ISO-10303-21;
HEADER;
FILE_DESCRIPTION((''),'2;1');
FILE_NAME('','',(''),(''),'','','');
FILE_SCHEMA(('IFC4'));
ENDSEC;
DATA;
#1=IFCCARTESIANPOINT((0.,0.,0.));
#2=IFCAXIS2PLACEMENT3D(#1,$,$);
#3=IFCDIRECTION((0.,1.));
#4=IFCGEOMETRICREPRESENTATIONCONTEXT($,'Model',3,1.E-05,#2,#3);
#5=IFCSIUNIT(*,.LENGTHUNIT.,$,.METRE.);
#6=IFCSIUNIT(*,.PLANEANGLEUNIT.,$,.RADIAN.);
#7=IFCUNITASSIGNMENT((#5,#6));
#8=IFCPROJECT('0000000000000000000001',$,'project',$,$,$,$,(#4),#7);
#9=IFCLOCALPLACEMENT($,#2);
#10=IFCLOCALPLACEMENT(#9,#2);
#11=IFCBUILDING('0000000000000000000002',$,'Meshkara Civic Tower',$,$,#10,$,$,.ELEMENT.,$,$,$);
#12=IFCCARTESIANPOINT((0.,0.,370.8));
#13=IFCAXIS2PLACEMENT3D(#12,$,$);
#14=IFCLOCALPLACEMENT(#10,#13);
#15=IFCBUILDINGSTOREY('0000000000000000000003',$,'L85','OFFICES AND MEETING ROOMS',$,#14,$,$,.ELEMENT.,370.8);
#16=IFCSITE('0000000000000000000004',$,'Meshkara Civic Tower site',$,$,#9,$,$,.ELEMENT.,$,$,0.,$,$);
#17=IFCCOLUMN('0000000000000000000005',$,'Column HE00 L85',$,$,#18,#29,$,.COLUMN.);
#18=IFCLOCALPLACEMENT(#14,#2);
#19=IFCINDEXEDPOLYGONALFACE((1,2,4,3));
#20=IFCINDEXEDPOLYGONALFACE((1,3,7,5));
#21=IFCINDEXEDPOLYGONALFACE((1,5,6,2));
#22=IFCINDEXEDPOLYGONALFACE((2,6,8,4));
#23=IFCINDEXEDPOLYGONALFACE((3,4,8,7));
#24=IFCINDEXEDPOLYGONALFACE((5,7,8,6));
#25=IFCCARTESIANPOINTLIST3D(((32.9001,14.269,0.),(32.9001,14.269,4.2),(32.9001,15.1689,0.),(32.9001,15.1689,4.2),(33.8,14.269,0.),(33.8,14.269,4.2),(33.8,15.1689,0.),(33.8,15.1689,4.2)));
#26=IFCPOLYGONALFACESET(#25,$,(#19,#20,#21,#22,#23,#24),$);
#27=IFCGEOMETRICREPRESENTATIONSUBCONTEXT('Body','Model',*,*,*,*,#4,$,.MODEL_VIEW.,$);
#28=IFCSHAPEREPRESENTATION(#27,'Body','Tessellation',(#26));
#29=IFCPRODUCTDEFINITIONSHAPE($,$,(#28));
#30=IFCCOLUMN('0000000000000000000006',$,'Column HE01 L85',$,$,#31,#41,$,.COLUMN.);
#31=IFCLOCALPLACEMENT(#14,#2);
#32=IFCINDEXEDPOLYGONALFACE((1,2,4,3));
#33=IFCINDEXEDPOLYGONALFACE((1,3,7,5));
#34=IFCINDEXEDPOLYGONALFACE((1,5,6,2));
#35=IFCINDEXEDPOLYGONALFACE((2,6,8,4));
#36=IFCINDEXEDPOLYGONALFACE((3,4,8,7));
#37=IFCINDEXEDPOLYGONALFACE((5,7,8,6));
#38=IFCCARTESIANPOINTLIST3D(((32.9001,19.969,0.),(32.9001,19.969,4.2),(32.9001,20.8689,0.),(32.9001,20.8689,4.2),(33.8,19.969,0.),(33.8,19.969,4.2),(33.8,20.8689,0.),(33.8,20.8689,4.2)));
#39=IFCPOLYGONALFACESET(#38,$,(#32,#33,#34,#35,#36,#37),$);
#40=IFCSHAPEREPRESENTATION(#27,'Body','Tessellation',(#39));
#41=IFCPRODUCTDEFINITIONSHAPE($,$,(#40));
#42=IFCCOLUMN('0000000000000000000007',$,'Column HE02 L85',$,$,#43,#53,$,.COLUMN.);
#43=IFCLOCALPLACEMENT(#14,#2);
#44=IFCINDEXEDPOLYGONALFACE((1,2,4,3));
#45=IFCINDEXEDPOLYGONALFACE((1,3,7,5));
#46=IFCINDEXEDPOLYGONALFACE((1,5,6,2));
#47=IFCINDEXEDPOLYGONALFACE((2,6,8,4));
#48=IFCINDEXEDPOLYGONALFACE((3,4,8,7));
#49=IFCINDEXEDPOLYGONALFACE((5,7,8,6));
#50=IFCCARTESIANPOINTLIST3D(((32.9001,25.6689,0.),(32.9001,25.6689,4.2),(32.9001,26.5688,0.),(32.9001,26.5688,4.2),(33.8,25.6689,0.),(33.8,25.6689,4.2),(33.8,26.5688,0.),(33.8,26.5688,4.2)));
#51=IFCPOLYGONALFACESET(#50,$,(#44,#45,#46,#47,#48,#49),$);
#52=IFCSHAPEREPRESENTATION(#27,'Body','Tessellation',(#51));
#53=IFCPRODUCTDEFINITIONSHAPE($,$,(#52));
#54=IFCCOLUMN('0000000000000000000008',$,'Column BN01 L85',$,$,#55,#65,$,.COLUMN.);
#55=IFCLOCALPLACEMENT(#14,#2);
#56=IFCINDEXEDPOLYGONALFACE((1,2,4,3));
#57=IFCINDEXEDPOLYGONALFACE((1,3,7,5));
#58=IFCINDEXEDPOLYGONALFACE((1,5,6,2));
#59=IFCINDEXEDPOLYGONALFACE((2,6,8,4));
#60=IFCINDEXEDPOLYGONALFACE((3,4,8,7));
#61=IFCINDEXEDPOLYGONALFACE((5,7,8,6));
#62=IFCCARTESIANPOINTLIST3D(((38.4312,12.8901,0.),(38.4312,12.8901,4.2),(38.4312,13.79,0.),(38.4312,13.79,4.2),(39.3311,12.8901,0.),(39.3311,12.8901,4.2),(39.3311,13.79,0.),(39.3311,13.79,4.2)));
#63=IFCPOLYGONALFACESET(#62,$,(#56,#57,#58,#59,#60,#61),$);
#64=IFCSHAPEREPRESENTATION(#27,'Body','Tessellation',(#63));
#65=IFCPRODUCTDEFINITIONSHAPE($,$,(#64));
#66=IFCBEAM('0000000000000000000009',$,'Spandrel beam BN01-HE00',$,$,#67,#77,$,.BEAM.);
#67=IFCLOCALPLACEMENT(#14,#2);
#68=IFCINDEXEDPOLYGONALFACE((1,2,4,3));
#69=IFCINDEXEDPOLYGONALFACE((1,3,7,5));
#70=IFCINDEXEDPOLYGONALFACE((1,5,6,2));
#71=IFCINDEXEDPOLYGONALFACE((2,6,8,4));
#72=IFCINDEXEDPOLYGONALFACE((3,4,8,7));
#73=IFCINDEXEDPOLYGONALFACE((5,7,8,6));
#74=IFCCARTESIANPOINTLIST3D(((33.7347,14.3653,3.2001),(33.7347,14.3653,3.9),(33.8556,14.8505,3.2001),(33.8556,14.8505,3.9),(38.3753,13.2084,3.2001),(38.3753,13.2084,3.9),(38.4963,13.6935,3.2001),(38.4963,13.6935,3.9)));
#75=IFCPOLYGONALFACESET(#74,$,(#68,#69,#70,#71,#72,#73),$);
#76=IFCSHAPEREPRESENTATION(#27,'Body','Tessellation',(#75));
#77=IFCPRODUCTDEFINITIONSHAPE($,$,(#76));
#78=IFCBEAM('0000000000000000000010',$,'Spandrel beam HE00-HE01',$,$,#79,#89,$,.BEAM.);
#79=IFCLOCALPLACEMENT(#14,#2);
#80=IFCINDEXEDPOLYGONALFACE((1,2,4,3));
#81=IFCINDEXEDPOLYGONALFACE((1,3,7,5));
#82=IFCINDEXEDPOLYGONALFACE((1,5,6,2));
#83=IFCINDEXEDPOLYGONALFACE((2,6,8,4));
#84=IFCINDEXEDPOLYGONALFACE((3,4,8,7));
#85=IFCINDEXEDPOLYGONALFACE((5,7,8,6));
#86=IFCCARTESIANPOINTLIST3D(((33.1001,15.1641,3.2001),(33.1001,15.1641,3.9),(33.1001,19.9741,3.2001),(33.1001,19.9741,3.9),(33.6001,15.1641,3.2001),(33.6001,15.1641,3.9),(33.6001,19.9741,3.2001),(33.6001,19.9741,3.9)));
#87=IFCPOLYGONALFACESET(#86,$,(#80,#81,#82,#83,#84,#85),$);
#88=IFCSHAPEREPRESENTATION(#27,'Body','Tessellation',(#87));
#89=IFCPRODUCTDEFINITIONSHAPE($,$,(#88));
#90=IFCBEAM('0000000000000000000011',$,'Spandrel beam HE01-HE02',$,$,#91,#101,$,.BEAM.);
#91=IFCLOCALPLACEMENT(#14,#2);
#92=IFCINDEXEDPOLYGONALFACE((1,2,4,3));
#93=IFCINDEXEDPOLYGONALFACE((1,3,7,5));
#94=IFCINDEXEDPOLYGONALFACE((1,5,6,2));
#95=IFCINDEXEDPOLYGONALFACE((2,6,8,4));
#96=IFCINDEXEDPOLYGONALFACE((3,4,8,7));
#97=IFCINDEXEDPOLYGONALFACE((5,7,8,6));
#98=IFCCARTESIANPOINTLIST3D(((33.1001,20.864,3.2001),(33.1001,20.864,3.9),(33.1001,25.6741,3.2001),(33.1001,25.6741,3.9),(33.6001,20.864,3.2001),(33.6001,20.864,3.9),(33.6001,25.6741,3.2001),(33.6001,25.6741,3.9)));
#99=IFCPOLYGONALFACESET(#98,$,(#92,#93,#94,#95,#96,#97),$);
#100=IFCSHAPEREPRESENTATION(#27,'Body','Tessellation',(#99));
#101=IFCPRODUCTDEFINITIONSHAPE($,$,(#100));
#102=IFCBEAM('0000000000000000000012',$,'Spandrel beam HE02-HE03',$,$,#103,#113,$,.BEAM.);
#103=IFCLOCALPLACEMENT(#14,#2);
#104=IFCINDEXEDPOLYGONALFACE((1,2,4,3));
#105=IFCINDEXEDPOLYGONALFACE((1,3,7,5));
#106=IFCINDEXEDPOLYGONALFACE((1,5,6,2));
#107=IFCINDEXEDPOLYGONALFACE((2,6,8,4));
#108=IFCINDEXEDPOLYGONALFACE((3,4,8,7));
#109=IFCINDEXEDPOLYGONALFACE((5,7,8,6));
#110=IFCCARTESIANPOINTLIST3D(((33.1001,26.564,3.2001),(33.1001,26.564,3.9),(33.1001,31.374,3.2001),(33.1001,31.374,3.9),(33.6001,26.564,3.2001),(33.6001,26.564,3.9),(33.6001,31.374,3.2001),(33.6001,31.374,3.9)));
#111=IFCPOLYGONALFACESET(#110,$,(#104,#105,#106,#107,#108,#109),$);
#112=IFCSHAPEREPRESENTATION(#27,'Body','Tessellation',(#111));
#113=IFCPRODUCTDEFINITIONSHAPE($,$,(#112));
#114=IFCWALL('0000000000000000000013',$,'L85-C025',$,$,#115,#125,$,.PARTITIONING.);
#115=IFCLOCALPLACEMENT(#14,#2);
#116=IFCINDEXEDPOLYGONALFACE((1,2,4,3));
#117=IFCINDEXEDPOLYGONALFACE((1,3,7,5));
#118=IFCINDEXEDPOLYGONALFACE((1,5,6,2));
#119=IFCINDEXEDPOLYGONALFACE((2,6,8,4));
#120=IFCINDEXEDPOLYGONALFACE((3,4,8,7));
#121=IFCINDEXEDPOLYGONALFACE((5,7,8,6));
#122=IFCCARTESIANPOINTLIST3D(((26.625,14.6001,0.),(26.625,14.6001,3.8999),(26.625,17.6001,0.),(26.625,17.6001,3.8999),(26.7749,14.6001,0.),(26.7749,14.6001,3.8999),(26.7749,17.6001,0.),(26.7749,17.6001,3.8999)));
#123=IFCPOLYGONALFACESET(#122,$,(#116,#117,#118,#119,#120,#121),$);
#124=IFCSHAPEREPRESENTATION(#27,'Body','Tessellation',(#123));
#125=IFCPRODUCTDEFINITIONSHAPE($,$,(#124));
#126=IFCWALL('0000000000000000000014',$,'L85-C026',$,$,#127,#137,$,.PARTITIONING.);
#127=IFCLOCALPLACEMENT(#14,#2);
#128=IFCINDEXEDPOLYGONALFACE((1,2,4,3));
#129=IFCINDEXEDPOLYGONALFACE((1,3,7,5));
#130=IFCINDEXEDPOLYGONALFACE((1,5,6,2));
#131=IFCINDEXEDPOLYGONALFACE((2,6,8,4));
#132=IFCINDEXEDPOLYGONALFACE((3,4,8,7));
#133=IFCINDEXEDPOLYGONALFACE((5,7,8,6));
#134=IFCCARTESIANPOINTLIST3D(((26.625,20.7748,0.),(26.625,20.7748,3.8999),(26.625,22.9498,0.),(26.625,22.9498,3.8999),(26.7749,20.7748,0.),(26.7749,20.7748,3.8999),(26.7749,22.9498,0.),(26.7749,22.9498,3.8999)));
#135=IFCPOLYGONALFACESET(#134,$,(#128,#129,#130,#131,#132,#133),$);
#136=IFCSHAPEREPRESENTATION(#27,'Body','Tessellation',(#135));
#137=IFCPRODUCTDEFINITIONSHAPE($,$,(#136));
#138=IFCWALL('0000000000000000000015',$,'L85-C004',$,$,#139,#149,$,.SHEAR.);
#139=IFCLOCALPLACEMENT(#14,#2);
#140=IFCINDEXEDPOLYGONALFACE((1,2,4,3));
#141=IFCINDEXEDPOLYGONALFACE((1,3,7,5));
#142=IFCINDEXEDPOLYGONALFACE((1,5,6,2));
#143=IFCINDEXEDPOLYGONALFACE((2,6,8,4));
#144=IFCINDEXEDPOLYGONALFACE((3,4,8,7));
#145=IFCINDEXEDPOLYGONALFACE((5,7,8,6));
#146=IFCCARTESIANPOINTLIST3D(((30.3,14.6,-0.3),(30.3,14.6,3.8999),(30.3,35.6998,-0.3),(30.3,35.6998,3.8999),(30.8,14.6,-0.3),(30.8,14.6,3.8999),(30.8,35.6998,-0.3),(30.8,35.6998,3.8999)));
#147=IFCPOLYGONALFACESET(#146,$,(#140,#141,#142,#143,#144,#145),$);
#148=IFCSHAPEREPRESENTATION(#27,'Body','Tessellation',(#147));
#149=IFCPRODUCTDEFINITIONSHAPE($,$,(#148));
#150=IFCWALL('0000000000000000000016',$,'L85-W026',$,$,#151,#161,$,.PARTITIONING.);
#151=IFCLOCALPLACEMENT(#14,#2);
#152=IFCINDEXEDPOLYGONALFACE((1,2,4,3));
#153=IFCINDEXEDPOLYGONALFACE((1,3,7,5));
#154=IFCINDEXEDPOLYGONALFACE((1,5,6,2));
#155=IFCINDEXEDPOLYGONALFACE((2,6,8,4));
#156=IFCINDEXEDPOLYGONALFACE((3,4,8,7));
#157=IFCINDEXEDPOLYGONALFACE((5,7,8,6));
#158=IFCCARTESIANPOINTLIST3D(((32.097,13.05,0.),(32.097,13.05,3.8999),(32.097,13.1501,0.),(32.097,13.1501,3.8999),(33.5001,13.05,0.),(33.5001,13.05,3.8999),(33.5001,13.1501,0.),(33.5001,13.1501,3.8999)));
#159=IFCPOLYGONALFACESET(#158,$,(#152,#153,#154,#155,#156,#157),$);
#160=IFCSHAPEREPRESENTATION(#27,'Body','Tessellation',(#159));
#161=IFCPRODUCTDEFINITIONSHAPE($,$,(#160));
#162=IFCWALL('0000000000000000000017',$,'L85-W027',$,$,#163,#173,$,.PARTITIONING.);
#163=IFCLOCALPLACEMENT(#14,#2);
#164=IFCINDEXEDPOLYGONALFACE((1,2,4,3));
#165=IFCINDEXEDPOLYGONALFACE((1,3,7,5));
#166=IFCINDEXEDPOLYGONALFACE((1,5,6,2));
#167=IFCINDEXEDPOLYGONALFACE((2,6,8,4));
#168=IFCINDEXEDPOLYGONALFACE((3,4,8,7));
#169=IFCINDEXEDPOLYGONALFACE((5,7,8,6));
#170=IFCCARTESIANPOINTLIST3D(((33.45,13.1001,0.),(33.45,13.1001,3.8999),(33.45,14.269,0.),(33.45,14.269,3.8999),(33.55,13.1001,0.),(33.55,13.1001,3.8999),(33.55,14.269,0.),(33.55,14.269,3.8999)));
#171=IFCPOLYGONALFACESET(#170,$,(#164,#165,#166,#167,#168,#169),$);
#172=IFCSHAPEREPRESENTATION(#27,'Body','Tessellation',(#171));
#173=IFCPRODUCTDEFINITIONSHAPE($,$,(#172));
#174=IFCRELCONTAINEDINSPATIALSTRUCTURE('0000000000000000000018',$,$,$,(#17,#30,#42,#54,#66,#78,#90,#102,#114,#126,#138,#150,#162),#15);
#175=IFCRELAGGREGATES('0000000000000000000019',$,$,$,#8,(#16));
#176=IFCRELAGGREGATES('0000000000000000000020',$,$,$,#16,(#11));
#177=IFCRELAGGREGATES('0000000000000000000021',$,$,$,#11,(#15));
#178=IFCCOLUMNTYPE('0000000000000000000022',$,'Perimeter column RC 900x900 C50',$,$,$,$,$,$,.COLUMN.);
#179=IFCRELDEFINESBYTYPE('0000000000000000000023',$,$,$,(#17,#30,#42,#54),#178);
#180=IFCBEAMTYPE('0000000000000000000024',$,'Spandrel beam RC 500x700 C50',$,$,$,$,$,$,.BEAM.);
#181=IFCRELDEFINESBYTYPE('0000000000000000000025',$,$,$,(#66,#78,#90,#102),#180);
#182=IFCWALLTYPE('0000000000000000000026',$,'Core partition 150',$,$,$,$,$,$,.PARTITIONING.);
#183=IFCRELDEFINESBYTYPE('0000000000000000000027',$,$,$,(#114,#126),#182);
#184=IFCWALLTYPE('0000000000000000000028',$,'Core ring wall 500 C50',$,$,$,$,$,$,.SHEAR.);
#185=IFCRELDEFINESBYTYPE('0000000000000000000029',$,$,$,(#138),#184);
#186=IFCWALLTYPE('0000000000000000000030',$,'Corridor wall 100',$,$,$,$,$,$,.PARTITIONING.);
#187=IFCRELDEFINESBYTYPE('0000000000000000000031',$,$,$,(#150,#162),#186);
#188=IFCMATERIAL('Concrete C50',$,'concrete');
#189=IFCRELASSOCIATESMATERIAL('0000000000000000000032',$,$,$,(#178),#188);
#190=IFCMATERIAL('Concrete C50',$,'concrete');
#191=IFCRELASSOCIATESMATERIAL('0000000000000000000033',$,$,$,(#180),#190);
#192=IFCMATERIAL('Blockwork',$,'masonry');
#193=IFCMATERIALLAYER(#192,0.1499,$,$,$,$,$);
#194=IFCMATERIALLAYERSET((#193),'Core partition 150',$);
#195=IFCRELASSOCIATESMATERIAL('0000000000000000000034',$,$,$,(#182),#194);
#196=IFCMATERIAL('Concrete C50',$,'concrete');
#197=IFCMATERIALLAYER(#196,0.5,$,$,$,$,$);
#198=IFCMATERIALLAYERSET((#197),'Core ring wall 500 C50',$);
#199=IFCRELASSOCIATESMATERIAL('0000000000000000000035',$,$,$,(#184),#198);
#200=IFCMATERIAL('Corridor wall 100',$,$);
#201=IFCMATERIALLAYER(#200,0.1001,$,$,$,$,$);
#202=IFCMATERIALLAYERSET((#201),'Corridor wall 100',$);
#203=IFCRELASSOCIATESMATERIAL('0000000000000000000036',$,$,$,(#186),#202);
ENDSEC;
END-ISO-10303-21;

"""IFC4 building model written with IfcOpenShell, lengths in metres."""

from ifc_helpers import new_model, si_unit, direction, frame, frame_2d, origin, origin_2d, place, context, subcontext, project, spatial, rectangle, extrude, material, layer, layer_set, material_profile, profile_set, type_object, element, save


model = new_model("IFC4")

# Units and contexts
model_context = context("Model", 3, precision=1e-05, world=origin(), true_north=direction((0.0, 1.0)))
body_context = subcontext(model_context, "Body", "Model", "MODEL_VIEW")
ifc_project = project(units=[si_unit("LENGTHUNIT", "METRE"), si_unit("PLANEANGLEUNIT", "RADIAN")], contexts=[model_context])

# Site, building, storey
site_placement = place(None, origin())
site = spatial("IfcSite", under=ifc_project, at=site_placement, Name="Meshkara Civic Tower site", CompositionType="ELEMENT", RefElevation=0.0)
building_placement = place(site_placement, origin())
building = spatial("IfcBuilding", under=site, at=building_placement, Name="Meshkara Civic Tower", CompositionType="ELEMENT")
storey_placement = place(building_placement, frame((0.0, 0.0, 370.8)))
storey = spatial("IfcBuildingStorey", under=building, at=storey_placement, Name="L85", Description="OFFICES AND MEETING ROOMS", CompositionType="ELEMENT", Elevation=370.8)

# Columns
ifc_material_1 = material(Name="Concrete C50", Category="concrete")
ifc_material_profile_1 = material_profile(ifc_material_1, rectangle(XDim=0.8999, YDim=0.8999, at=origin_2d()))
ifc_profile_set_1 = profile_set([ifc_material_profile_1], Name="Concrete C50")
column_type = type_object("IfcColumnType", Name="Perimeter column RC 900x900 C50", PredefinedType="COLUMN", material=ifc_profile_set_1)
for number, where, z_axis, x_axis, name in (
    (1, (33.3501, 14.719, 0.0), (0.0, 0.0, 1.0), (1.0, 0.0, 0.0), "Column HE00 L85"),
    (2, (33.3501, 20.4189, 0.0), (0.0, 0.0, 1.0), (1.0, 0.0, 0.0), "Column HE01 L85"),
    (3, (33.3501, 26.1189, 0.0), (0.0, 0.0, 1.0), (1.0, 0.0, 0.0), "Column HE02 L85"),
    (4, (38.8811, 13.3401, 0.0), (0.0, 0.0, 1.0), (1.0, 0.0, 0.0), "Column BN01 L85"),
):
    element("IfcColumn", number, at=place(storey_placement, frame(where, z_axis=z_axis, x_axis=x_axis)), inside=storey, type_object=column_type, Name=name, PredefinedType="COLUMN", context=body_context, shape_type="SweptSolid", body=[
        extrude(rectangle(XDim=0.8999, YDim=0.8999, at=origin_2d()), origin(), (0.0, 0.0, 1.0), 4.2),
    ])

# Beams
ifc_material_2 = material(Name="Concrete C50", Category="concrete")
ifc_material_profile_2 = material_profile(ifc_material_2, rectangle(XDim=0.5, YDim=0.7, at=origin_2d()))
ifc_profile_set_2 = profile_set([ifc_material_profile_2], Name="Concrete C50")
beam_type = type_object("IfcBeamType", Name="Spandrel beam RC 500x700 C50", PredefinedType="BEAM", material=ifc_profile_set_2)
beam_placement = place(storey_placement, frame((38.4358, 13.4509, 3.55), z_axis=(-0.970298, 0.241911, 0.0), x_axis=(-0.241911, -0.970298, 0.0)))
element("IfcBeam", 5, at=beam_placement, inside=storey, type_object=beam_type, Name="Spandrel beam BN01-HE00", PredefinedType="BEAM", context=body_context, shape_type="SweptSolid", body=[
    extrude(rectangle(XDim=0.5, YDim=0.7, at=origin_2d()), origin(), (0.0, 0.0, 1.0), 4.7827),
])
for number, where, z_axis, x_axis, name in (
    (6, (33.3501, 15.1641, 3.55), (0.0, 1.0, 0.0), (-1.0, 0.0, 0.0), "Spandrel beam HE00-HE01"),
    (7, (33.3501, 20.864, 3.55), (0.0, 1.0, 0.0), (-1.0, 0.0, 0.0), "Spandrel beam HE01-HE02"),
    (8, (33.3501, 26.564, 3.55), (0.0, 1.0, 0.0), (-1.0, 0.0, 0.0), "Spandrel beam HE02-HE03"),
):
    element("IfcBeam", number, at=place(storey_placement, frame(where, z_axis=z_axis, x_axis=x_axis)), inside=storey, type_object=beam_type, Name=name, PredefinedType="BEAM", context=body_context, shape_type="SweptSolid", body=[
        extrude(rectangle(XDim=0.5, YDim=0.7, at=origin_2d()), origin(), (0.0, 0.0, 1.0), 4.8101),
    ])

# Walls
ifc_material_3 = material(Name="Blockwork", Category="masonry")
ifc_layer_1 = layer(ifc_material_3, 0.1499)
ifc_layer_set_1 = layer_set([ifc_layer_1], Name="Core partition 150")
wall_type_1 = type_object("IfcWallType", Name="Core partition 150", PredefinedType="PARTITIONING", material=ifc_layer_set_1)
wall_1_placement = place(storey_placement, frame((26.7, 14.6001, 0.0), z_axis=(0.0, 0.0, 1.0), x_axis=(0.0, 1.0, 0.0)))
element("IfcWall", 9, at=wall_1_placement, inside=storey, type_object=wall_type_1, Name="L85-C025", PredefinedType="PARTITIONING", context=body_context, shape_type="SweptSolid", body=[
    extrude(rectangle(XDim=3.0, YDim=0.1499, at=frame_2d((1.5, 0.0))), origin(), (0.0, 0.0, 1.0), 3.8999),
])
wall_2_placement = place(storey_placement, frame((26.7, 20.7749, 0.0), z_axis=(0.0, 0.0, 1.0), x_axis=(0.0, 1.0, 0.0)))
element("IfcWall", 10, at=wall_2_placement, inside=storey, type_object=wall_type_1, Name="L85-C026", PredefinedType="PARTITIONING", context=body_context, shape_type="SweptSolid", body=[
    extrude(rectangle(XDim=2.175, YDim=0.1499, at=frame_2d((1.0874, 0.0))), origin(), (0.0, 0.0, 1.0), 3.8999),
])
ifc_material_4 = material(Name="Concrete C50", Category="concrete")
ifc_layer_2 = layer(ifc_material_4, 0.5)
ifc_layer_set_2 = layer_set([ifc_layer_2], Name="Core ring wall 500 C50")
wall_type_2 = type_object("IfcWallType", Name="Core ring wall 500 C50", PredefinedType="SHEAR", material=ifc_layer_set_2)
wall_3_placement = place(storey_placement, frame((30.55, 14.6001, -0.3), z_axis=(0.0, 0.0, 1.0), x_axis=(0.0, 1.0, 0.0)))
element("IfcWall", 11, at=wall_3_placement, inside=storey, type_object=wall_type_2, Name="L85-C004", PredefinedType="SHEAR", context=body_context, shape_type="SweptSolid", body=[
    extrude(rectangle(XDim=21.0999, YDim=0.5, at=frame_2d((10.5498, 0.0))), origin(), (0.0, 0.0, 1.0), 4.2),
])
ifc_material_5 = material(Name="Corridor wall 100")
ifc_layer_3 = layer(ifc_material_5, 0.1001)
ifc_layer_set_3 = layer_set([ifc_layer_3], Name="Corridor wall 100")
wall_type_3 = type_object("IfcWallType", Name="Corridor wall 100", PredefinedType="PARTITIONING", material=ifc_layer_set_3)
wall_4_placement = place(storey_placement, frame((32.0969, 13.1001, 0.0), z_axis=(0.0, 0.0, 1.0), x_axis=(1.0, 0.0, 0.0)))
element("IfcWall", 12, at=wall_4_placement, inside=storey, type_object=wall_type_3, Name="L85-W026", PredefinedType="PARTITIONING", context=body_context, shape_type="SweptSolid", body=[
    extrude(rectangle(XDim=1.4031, YDim=0.1001, at=frame_2d((0.7017, 0.0))), origin(), (0.0, 0.0, 1.0), 3.8999),
])
wall_5_placement = place(storey_placement, frame((33.5, 13.1001, 0.0), z_axis=(0.0, 0.0, 1.0), x_axis=(0.0, 1.0, 0.0)))
element("IfcWall", 13, at=wall_5_placement, inside=storey, type_object=wall_type_3, Name="L85-W027", PredefinedType="PARTITIONING", context=body_context, shape_type="SweptSolid", body=[
    extrude(rectangle(XDim=1.1689, YDim=0.1001, at=frame_2d((0.5845, 0.0))), origin(), (0.0, 0.0, 1.0), 3.8999),
])

save(model, "model.ifc")
